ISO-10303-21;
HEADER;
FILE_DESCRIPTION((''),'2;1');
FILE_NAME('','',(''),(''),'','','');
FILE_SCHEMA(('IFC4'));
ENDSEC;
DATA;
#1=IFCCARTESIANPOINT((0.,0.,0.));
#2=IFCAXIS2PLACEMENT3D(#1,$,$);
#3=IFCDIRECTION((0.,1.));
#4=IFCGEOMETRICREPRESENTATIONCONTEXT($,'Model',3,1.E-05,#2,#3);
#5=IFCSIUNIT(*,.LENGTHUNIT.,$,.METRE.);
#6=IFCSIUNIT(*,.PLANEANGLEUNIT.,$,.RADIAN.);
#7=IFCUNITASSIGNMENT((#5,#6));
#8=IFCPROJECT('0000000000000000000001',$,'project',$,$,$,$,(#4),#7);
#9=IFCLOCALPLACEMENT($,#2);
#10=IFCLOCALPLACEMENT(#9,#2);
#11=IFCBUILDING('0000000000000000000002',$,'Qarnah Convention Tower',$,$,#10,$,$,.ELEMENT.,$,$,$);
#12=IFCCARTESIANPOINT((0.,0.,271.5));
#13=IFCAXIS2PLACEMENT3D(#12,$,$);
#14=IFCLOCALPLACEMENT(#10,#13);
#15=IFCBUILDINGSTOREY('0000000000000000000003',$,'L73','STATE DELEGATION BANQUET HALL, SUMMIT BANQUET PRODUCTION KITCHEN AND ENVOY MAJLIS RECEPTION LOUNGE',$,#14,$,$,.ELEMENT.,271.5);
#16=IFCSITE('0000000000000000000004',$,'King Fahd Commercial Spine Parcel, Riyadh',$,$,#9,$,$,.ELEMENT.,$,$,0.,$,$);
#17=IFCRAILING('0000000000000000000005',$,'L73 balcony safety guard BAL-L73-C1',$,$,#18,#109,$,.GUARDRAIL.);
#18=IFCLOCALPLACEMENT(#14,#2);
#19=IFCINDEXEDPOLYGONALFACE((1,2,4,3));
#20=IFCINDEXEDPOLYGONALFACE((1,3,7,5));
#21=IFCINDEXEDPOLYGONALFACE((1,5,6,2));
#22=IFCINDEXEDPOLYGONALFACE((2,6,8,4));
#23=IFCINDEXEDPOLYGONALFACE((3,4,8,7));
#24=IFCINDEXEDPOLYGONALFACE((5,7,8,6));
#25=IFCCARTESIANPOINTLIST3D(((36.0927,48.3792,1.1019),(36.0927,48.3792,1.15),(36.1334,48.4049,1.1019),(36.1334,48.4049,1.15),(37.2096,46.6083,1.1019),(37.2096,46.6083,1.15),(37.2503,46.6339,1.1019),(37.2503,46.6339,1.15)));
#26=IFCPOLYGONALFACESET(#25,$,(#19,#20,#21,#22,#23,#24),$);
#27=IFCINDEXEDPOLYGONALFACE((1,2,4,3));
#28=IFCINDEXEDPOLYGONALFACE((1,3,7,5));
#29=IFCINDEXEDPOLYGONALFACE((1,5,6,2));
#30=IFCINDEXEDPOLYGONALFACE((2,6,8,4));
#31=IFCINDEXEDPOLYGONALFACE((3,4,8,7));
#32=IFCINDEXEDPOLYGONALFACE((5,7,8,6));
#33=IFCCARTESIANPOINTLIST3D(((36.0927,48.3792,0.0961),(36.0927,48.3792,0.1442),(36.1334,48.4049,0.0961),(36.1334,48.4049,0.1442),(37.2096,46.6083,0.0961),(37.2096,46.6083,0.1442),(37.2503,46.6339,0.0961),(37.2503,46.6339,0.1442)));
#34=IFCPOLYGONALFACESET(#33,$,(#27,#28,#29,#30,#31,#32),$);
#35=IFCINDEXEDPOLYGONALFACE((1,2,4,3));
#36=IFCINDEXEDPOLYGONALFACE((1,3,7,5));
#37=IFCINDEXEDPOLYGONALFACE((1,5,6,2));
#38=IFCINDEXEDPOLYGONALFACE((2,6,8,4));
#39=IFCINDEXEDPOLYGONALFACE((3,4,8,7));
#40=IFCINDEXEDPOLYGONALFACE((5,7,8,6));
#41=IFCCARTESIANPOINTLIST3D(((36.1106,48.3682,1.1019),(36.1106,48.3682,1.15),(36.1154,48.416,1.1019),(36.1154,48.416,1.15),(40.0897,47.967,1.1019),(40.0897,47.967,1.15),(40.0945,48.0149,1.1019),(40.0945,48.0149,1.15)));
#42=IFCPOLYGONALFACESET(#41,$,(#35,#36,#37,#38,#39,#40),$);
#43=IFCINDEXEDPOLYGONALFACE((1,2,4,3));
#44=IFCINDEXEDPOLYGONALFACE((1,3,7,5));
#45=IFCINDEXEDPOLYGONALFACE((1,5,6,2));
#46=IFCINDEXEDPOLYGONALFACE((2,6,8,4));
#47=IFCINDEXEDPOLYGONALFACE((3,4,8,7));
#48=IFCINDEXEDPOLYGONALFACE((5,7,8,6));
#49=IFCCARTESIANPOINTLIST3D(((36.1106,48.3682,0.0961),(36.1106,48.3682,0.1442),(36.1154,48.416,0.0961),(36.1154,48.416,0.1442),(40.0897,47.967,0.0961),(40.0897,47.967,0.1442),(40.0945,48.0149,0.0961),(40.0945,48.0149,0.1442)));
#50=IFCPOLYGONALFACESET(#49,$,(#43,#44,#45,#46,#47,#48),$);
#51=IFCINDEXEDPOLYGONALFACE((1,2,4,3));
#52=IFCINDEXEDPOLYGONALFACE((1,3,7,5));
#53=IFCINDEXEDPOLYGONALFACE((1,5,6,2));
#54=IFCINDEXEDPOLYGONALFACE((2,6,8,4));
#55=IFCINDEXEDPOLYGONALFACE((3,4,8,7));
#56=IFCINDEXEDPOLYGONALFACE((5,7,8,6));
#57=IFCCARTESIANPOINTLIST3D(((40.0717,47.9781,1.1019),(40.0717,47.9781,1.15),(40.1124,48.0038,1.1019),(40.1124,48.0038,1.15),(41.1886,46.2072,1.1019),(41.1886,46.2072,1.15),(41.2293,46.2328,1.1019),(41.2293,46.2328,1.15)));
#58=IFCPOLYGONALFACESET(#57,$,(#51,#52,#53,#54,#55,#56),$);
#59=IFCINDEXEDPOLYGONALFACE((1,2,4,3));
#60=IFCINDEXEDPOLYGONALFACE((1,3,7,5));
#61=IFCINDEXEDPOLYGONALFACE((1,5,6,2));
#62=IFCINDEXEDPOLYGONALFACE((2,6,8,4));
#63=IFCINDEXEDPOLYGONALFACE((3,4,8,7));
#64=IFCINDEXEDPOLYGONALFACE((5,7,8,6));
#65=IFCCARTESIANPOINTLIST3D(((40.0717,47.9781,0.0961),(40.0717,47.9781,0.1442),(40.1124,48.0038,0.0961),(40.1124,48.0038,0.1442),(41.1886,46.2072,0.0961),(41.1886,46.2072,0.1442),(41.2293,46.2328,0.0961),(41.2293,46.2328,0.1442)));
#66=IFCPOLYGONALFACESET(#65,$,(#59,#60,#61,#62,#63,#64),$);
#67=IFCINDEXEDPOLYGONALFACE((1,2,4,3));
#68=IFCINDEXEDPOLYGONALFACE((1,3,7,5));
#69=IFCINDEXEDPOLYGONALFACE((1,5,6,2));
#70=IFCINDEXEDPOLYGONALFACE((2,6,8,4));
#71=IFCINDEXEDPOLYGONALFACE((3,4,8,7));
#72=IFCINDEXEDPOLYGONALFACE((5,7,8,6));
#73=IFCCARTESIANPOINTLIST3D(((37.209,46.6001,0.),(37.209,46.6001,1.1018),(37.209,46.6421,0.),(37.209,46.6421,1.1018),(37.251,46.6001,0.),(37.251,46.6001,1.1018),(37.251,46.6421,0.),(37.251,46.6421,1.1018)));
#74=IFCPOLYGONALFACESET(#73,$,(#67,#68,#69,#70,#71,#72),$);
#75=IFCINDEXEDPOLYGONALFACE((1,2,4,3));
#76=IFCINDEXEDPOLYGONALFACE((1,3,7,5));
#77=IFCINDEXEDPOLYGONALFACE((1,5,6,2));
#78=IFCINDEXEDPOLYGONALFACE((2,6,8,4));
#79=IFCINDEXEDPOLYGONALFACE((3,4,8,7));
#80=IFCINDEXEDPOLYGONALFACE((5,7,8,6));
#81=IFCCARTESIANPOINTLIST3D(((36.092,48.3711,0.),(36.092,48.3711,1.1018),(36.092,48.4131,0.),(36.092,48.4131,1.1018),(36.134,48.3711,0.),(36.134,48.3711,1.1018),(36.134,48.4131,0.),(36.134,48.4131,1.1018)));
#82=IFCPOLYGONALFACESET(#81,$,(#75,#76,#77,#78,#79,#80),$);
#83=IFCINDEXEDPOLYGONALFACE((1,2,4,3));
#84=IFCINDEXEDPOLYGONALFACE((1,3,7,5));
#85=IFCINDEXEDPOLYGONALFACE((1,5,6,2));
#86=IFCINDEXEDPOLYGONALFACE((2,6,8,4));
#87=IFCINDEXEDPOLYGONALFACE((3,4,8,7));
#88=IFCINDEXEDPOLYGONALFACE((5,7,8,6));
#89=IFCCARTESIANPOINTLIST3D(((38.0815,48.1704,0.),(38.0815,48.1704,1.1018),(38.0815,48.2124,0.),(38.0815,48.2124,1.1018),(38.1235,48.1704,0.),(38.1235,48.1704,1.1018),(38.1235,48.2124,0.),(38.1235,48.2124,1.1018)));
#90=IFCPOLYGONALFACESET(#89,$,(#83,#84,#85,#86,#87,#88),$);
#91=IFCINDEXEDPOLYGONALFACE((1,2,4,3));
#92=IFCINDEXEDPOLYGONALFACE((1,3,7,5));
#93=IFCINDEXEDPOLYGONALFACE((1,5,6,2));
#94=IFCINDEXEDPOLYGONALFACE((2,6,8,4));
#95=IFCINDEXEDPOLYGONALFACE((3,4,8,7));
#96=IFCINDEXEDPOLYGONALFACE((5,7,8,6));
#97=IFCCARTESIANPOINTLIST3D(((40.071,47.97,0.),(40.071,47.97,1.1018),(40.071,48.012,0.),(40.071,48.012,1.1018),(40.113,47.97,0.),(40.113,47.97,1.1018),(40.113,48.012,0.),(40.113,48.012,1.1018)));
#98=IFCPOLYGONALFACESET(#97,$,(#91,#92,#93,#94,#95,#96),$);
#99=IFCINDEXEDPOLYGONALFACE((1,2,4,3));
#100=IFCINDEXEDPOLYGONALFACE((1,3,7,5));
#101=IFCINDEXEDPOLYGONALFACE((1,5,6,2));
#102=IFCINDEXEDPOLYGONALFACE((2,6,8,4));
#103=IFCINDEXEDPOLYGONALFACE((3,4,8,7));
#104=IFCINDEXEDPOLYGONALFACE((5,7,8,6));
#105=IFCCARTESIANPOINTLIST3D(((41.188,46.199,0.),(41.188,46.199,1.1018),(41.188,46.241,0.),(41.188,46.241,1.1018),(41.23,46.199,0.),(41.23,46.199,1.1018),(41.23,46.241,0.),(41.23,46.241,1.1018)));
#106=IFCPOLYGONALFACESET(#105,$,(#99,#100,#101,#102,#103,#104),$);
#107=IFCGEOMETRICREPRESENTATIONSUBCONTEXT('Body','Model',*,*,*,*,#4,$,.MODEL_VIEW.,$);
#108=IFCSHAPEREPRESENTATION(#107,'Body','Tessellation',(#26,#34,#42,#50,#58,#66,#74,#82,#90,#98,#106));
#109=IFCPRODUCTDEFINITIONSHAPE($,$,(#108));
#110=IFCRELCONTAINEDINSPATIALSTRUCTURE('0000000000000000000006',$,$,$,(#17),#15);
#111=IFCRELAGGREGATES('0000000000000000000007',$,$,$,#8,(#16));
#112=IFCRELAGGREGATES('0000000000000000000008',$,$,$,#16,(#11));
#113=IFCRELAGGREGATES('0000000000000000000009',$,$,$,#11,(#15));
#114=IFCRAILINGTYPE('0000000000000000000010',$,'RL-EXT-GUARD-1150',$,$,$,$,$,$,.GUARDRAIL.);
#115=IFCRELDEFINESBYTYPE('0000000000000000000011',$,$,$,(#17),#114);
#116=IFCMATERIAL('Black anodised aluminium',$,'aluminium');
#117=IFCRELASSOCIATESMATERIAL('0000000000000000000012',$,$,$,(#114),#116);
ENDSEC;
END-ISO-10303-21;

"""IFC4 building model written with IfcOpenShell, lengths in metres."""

from ifc_helpers import new_model, si_unit, direction, frame, origin, origin_2d, place, context, subcontext, project, spatial, rectangle, extrude, material, type_object, element, save


model = new_model("IFC4")

# Units and contexts
model_context = context("Model", 3, precision=1e-05, world=origin(), true_north=direction((0.0, 1.0)))
body_context = subcontext(model_context, "Body", "Model", "MODEL_VIEW")
ifc_project = project(units=[si_unit("LENGTHUNIT", "METRE"), si_unit("PLANEANGLEUNIT", "RADIAN")], contexts=[model_context])

# Site, building, storey
site_placement = place(None, origin())
site = spatial("IfcSite", under=ifc_project, at=site_placement, Name="King Fahd Commercial Spine Parcel, Riyadh", CompositionType="ELEMENT", RefElevation=0.0)
building_placement = place(site_placement, origin())
building = spatial("IfcBuilding", under=site, at=building_placement, Name="Qarnah Convention Tower", CompositionType="ELEMENT")
storey_placement = place(building_placement, frame((0.0, 0.0, 271.5)))
storey = spatial("IfcBuildingStorey", under=building, at=storey_placement, Name="L73", Description="STATE DELEGATION BANQUET HALL, SUMMIT BANQUET PRODUCTION KITCHEN AND ENVOY MAJLIS RECEPTION LOUNGE", CompositionType="ELEMENT", Elevation=271.5)

# Shared definitions
ifc_material_1 = material(Name="Black anodised aluminium", Category="aluminium")

# Railing
railing_type = type_object("IfcRailingType", Name="RL-EXT-GUARD-1150", PredefinedType="GUARDRAIL", material=ifc_material_1)
railing_1_placement = place(storey_placement, frame((37.23, 46.6211, 0.0)))
element("IfcRailing", 1, at=railing_1_placement, inside=storey, type_object=railing_type, Name="L73 balcony safety guard BAL-L73-C1", PredefinedType="GUARDRAIL", context=body_context, shape_type="SweptSolid", body=[
    extrude(rectangle(XDim=0.0481, YDim=0.0481, at=origin_2d()), frame((0.0, 0.0, 1.126), z_axis=(-0.533453, 0.84583, 0.0), x_axis=(-0.84583, -0.533453, 0.0)), (0.0, 0.0, 1.0), 2.0938),
    extrude(rectangle(XDim=0.0481, YDim=0.0481, at=origin_2d()), frame((0.0, 0.0, 0.1201), z_axis=(-0.533453, 0.84583, 0.0), x_axis=(-0.84583, -0.533453, 0.0)), (0.0, 0.0, 1.0), 2.0938),
    extrude(rectangle(XDim=0.0481, YDim=0.0481, at=origin_2d()), frame((-1.1169, 1.771, 1.126), z_axis=(0.994957, -0.100302, 0.0), x_axis=(0.100302, 0.994957, 0.0)), (0.0, 0.0, 1.0), 3.9993),
    extrude(rectangle(XDim=0.0481, YDim=0.0481, at=origin_2d()), frame((-1.1169, 1.771, 0.1201), z_axis=(0.994957, -0.100302, 0.0), x_axis=(0.100302, 0.994957, 0.0)), (0.0, 0.0, 1.0), 3.9993),
    extrude(rectangle(XDim=0.0481, YDim=0.0481, at=origin_2d()), frame((2.8621, 1.3699, 1.126), z_axis=(0.533453, -0.84583, 0.0), x_axis=(0.84583, 0.533453, 0.0)), (0.0, 0.0, 1.0), 2.0938),
    extrude(rectangle(XDim=0.0481, YDim=0.0481, at=origin_2d()), frame((2.8621, 1.3699, 0.1201), z_axis=(0.533453, -0.84583, 0.0), x_axis=(0.84583, 0.533453, 0.0)), (0.0, 0.0, 1.0), 2.0938),
    extrude(rectangle(XDim=0.042, YDim=0.042, at=origin_2d()), origin(), (0.0, 0.0, 1.0), 1.1018),
    extrude(rectangle(XDim=0.042, YDim=0.042, at=origin_2d()), frame((-1.1169, 1.771, 0.0)), (0.0, 0.0, 1.0), 1.1018),
    extrude(rectangle(XDim=0.042, YDim=0.042, at=origin_2d()), frame((0.8726, 1.5703, 0.0)), (0.0, 0.0, 1.0), 1.1018),
    extrude(rectangle(XDim=0.042, YDim=0.042, at=origin_2d()), frame((2.8621, 1.3699, 0.0)), (0.0, 0.0, 1.0), 1.1018),
    extrude(rectangle(XDim=0.042, YDim=0.042, at=origin_2d()), frame((3.979, -0.4011, 0.0)), (0.0, 0.0, 1.0), 1.1018),
])

save(model, "model.ifc")
